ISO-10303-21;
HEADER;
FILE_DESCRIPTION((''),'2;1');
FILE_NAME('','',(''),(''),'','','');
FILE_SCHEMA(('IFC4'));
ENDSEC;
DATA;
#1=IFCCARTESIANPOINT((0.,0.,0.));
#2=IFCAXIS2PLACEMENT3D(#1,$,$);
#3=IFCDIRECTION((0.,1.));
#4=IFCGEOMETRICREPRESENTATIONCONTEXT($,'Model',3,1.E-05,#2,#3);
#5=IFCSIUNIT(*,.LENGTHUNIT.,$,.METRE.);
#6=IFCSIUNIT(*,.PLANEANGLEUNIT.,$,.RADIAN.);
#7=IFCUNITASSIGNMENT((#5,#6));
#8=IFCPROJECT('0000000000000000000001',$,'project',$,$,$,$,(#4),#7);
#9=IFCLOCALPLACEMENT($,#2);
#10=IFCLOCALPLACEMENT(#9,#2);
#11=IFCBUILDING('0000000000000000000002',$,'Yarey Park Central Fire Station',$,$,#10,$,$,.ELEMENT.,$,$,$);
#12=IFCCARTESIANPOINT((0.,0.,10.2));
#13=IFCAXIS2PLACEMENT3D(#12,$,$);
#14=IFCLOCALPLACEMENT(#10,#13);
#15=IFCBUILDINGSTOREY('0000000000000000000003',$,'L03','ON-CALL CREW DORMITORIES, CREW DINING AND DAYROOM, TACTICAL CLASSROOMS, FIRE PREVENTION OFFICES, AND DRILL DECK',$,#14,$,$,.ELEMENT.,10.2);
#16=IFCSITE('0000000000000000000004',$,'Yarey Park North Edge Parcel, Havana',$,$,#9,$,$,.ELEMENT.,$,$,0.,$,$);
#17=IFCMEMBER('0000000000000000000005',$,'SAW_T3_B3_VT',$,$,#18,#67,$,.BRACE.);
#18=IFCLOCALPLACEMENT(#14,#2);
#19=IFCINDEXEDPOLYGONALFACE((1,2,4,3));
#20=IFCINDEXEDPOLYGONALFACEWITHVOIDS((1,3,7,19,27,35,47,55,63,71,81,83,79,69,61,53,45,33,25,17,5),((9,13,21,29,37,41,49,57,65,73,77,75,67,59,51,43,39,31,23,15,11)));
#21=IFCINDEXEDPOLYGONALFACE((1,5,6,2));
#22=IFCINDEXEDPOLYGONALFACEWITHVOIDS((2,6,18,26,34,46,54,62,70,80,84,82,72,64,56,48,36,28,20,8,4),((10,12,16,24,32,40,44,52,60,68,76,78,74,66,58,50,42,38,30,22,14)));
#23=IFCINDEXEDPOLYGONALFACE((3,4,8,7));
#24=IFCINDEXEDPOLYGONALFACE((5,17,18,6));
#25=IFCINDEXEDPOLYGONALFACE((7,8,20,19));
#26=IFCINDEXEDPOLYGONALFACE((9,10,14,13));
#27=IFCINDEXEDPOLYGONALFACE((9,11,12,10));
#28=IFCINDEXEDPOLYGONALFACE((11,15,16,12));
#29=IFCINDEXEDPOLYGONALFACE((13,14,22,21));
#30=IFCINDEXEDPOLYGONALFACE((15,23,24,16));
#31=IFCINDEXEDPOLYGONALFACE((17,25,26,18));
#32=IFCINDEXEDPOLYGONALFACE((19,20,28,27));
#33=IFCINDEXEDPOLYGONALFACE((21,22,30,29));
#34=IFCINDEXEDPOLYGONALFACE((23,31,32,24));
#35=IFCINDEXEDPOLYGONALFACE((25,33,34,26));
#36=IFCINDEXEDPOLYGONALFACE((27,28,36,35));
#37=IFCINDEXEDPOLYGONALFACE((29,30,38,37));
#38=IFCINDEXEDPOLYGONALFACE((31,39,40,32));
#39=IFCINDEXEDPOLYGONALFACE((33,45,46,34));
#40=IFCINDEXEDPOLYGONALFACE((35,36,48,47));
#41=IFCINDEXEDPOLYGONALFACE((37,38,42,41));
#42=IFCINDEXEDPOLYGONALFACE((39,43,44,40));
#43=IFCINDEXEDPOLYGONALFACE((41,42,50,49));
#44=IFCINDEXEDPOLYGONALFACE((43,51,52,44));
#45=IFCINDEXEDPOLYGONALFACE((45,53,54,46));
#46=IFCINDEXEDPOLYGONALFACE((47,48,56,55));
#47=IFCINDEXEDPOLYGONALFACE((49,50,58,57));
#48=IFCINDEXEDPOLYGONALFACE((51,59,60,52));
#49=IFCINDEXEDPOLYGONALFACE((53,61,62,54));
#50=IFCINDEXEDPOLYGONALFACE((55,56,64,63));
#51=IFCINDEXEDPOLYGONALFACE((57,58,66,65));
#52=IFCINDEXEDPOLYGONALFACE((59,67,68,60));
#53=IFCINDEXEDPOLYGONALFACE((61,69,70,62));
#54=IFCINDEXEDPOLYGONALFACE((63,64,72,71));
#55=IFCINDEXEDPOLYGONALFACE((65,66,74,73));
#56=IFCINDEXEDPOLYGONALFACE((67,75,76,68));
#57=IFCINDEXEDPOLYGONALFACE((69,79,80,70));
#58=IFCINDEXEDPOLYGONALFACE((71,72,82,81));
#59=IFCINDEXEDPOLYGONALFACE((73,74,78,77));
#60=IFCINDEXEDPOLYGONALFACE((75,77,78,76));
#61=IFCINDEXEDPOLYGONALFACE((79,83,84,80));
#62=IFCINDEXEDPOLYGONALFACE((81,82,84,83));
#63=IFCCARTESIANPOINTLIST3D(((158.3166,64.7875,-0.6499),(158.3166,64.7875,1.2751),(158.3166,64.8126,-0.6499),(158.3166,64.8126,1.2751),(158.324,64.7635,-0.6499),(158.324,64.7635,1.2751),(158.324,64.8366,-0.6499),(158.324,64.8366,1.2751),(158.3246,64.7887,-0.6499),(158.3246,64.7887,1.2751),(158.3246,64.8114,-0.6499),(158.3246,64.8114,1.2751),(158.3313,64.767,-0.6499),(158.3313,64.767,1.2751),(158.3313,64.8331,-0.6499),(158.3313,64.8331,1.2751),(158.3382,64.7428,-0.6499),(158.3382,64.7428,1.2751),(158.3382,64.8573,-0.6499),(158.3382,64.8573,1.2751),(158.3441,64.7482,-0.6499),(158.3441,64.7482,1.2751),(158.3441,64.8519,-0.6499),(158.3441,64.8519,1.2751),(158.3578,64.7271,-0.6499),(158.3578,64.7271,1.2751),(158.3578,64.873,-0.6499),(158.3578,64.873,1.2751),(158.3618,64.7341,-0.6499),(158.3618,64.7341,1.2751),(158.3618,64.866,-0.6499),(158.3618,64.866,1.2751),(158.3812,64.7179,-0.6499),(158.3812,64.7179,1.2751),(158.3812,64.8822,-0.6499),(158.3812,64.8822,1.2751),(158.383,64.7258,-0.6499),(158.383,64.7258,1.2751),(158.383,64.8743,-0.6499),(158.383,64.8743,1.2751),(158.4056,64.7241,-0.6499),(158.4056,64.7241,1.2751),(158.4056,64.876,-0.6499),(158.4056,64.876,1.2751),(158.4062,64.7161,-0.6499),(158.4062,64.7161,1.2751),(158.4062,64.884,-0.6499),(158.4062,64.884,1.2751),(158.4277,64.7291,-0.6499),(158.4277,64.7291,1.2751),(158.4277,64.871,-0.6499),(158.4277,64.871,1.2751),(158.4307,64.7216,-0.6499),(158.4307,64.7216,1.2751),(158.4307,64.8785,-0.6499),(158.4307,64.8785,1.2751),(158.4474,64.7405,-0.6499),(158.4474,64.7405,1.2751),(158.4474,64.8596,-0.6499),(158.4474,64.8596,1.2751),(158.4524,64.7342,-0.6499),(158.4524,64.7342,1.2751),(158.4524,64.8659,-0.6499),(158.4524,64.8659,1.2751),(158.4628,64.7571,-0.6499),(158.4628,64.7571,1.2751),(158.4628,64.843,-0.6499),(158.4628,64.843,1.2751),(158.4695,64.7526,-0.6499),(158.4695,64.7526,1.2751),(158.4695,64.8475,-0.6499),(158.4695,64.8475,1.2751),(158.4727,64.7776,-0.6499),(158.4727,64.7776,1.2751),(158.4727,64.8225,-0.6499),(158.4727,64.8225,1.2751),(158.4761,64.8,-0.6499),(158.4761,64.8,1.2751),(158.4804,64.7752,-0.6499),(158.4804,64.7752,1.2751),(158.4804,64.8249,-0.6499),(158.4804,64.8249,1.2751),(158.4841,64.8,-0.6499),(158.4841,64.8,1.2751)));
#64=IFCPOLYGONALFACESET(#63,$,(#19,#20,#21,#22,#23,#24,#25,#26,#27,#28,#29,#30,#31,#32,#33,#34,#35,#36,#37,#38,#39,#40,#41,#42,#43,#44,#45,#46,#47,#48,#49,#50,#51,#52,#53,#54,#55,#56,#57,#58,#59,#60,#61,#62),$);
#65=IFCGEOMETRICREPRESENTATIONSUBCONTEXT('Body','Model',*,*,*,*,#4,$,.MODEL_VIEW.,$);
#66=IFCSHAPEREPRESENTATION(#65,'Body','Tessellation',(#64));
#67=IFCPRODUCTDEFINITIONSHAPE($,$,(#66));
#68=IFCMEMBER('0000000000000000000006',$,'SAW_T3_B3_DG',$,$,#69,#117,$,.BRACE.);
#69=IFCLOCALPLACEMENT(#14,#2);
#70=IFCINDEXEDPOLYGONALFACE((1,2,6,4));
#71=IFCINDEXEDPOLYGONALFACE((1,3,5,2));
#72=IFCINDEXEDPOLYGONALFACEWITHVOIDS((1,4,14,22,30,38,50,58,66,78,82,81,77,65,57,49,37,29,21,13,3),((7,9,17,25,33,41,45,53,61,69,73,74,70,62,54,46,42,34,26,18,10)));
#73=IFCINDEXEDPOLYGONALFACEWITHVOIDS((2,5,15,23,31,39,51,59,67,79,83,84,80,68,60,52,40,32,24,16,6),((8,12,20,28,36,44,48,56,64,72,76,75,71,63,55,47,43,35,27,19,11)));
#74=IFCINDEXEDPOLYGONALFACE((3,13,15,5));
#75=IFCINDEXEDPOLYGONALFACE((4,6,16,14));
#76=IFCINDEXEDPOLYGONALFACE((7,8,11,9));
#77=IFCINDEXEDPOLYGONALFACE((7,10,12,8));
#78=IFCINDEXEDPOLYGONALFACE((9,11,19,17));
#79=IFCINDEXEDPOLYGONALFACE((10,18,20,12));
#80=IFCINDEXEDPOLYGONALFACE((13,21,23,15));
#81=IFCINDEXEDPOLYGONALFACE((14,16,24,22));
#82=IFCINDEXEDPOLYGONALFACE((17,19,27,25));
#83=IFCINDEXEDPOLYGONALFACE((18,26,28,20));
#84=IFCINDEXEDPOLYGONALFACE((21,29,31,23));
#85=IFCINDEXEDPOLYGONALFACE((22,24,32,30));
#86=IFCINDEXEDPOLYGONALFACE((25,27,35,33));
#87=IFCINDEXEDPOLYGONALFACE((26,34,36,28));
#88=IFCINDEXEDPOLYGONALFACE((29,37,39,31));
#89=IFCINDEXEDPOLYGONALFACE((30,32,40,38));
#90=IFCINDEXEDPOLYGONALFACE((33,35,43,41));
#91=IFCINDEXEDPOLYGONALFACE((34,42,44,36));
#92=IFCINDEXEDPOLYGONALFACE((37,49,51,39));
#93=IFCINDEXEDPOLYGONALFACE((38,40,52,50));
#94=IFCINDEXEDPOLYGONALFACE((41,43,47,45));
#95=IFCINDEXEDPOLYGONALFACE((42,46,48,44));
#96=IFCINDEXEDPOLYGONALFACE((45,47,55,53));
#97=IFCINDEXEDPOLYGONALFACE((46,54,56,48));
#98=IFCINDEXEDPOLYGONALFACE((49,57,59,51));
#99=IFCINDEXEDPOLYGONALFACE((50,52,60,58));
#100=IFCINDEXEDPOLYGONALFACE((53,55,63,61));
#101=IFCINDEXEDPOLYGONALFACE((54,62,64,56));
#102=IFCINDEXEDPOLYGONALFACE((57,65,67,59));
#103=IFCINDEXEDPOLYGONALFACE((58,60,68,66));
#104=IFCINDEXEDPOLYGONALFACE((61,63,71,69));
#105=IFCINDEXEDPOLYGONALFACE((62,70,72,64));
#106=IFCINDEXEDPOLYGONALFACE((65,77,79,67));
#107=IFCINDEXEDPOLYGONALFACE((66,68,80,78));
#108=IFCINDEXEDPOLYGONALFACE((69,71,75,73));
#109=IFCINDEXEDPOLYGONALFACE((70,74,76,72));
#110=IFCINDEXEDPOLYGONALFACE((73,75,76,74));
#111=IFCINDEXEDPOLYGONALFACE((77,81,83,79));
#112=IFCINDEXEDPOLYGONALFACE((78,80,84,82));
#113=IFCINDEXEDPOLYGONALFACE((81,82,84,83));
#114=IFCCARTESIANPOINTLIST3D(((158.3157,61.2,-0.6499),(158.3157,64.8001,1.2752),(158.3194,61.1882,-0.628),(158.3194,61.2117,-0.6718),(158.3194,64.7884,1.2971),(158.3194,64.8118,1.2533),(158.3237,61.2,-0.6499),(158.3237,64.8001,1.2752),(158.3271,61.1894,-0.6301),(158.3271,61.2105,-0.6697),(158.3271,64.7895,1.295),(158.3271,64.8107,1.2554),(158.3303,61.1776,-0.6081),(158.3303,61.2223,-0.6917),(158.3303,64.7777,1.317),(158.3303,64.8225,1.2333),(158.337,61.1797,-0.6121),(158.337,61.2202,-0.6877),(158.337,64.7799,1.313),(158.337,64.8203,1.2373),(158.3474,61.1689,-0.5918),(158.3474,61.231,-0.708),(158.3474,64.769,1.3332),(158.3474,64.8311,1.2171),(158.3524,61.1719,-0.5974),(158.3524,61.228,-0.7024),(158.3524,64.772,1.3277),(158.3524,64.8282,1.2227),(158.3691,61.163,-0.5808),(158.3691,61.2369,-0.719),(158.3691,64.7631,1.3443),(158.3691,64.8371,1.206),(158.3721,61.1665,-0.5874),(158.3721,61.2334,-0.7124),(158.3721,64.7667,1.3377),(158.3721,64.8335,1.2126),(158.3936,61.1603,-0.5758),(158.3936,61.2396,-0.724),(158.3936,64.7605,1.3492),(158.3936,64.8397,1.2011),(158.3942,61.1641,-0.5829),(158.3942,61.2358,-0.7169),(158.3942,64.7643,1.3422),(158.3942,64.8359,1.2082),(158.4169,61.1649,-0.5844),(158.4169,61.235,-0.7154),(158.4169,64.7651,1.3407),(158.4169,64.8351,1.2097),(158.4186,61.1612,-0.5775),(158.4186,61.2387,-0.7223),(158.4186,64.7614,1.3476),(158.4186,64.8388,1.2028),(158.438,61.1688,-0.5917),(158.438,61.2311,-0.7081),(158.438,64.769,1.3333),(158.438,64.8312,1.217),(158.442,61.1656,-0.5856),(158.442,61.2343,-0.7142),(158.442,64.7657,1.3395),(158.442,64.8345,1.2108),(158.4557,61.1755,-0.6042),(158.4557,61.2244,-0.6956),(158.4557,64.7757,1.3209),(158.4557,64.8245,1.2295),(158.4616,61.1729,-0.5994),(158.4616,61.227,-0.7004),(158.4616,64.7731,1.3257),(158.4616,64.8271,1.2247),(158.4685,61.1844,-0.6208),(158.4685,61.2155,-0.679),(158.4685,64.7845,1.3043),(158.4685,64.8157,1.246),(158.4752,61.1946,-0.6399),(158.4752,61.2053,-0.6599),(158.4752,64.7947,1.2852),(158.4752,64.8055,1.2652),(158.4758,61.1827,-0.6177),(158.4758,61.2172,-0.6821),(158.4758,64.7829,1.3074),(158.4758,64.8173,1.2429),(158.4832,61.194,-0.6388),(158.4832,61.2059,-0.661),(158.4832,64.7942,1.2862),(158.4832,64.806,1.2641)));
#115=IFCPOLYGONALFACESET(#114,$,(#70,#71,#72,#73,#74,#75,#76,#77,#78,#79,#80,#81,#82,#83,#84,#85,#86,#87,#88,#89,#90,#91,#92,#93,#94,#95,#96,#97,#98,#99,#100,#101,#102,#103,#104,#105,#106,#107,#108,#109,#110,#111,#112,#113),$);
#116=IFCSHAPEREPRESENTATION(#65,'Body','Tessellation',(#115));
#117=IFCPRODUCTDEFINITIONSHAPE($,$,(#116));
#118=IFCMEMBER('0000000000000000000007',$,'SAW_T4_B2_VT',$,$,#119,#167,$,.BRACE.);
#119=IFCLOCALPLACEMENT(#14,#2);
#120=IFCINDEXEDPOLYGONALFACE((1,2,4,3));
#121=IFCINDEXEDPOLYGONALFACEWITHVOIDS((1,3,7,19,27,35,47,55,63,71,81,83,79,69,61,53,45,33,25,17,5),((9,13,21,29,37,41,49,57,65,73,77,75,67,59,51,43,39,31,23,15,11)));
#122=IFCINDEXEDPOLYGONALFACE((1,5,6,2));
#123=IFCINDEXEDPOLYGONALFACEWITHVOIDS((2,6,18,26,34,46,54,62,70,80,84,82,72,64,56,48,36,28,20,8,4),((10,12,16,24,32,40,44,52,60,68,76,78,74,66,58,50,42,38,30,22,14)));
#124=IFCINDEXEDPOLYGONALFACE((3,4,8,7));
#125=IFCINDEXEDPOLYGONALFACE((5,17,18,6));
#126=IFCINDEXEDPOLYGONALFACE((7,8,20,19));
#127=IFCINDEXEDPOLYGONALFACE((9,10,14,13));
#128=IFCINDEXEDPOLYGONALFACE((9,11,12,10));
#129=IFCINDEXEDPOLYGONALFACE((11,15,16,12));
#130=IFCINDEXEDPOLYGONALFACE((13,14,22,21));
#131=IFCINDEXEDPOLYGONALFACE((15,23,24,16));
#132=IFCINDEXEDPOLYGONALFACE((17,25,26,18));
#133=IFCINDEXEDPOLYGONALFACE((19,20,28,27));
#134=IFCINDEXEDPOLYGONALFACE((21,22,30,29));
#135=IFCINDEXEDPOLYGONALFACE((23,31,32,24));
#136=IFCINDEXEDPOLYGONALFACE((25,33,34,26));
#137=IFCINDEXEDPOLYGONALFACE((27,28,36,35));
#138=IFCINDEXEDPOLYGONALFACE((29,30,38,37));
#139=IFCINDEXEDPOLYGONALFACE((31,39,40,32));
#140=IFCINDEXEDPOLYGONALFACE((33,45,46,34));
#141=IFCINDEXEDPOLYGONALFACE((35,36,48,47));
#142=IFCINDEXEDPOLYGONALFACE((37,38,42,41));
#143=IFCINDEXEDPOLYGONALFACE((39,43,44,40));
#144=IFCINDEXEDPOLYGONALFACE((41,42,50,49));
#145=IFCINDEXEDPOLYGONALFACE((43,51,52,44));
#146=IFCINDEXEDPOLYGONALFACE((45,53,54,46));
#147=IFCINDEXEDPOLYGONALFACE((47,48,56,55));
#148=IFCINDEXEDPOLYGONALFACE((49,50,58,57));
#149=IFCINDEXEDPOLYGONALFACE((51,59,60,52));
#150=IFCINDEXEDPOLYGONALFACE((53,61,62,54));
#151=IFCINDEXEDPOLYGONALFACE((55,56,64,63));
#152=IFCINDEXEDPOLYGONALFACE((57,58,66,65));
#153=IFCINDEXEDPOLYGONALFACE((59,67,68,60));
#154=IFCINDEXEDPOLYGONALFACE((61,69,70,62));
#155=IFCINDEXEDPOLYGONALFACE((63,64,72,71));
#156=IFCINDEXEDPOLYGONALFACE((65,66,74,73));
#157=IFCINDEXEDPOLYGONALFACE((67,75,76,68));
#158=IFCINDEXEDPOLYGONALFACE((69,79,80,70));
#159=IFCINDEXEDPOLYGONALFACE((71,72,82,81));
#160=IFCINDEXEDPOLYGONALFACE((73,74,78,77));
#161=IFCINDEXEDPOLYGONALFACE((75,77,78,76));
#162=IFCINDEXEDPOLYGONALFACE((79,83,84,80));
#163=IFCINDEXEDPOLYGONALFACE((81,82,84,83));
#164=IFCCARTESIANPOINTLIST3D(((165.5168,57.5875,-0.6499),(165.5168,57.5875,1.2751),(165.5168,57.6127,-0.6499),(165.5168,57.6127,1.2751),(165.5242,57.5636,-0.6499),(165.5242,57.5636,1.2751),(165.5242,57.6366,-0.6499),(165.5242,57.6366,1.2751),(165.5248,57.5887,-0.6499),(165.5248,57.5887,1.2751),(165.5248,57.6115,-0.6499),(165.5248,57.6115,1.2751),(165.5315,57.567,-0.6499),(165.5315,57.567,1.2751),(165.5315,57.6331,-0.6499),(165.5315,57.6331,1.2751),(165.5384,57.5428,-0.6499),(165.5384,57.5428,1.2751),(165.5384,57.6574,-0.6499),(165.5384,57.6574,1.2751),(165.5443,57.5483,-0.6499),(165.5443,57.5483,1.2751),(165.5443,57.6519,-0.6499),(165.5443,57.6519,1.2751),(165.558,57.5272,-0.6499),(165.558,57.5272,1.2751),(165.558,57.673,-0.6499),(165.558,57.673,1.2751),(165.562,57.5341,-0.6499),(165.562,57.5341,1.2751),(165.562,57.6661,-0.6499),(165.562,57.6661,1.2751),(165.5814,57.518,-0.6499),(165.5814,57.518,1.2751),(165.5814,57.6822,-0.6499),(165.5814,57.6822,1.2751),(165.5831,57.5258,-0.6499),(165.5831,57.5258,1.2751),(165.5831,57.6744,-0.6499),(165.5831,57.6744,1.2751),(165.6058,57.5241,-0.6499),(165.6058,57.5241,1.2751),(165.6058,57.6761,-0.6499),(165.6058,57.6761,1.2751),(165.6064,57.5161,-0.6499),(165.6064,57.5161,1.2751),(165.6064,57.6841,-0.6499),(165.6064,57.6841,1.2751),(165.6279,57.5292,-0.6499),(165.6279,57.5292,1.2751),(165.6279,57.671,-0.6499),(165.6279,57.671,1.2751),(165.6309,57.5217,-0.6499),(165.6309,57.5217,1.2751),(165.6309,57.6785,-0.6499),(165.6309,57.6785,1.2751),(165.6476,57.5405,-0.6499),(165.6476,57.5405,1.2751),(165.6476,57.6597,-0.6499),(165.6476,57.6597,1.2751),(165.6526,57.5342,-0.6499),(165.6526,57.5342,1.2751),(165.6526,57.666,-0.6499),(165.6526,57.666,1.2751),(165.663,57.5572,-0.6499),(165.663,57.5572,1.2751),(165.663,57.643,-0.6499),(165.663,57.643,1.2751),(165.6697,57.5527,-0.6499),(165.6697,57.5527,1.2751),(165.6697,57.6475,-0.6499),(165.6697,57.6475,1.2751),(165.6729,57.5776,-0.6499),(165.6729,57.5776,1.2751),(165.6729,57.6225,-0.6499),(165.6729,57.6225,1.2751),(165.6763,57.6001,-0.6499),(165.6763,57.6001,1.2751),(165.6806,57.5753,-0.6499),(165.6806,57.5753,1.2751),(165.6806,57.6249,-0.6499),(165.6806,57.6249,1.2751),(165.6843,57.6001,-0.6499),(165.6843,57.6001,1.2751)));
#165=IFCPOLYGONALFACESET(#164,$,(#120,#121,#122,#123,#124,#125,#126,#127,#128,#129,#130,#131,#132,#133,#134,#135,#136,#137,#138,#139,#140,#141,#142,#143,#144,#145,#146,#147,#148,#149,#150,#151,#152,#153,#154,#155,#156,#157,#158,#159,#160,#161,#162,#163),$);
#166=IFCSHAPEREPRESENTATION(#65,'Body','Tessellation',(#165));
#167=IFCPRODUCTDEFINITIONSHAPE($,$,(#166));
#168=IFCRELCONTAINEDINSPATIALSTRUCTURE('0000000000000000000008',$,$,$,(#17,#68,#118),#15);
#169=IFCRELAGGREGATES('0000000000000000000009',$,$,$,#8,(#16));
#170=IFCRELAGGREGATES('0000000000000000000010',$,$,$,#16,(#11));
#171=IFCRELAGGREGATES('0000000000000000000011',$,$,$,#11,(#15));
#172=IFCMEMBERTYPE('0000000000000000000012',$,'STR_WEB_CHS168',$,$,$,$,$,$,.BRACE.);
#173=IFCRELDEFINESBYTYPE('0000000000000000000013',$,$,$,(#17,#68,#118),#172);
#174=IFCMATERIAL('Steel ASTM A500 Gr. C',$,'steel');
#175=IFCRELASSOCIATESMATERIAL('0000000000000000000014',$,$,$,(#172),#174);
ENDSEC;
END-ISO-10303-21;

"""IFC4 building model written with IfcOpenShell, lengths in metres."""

from ifc_helpers import new_model, si_unit, direction, frame, origin, origin_2d, place, context, subcontext, project, spatial, hollow_circle, extrude, material, material_profile, profile_set, type_object, element, save


model = new_model("IFC4")

# Units and contexts
model_context = context("Model", 3, precision=1e-05, world=origin(), true_north=direction((0.0, 1.0)))
body_context = subcontext(model_context, "Body", "Model", "MODEL_VIEW")
ifc_project = project(units=[si_unit("LENGTHUNIT", "METRE"), si_unit("PLANEANGLEUNIT", "RADIAN")], contexts=[model_context])

# Site, building, storey
site_placement = place(None, origin())
site = spatial("IfcSite", under=ifc_project, at=site_placement, Name="Yarey Park North Edge Parcel, Havana", CompositionType="ELEMENT", RefElevation=0.0)
building_placement = place(site_placement, origin())
building = spatial("IfcBuilding", under=site, at=building_placement, Name="Yarey Park Central Fire Station", CompositionType="ELEMENT")
storey_placement = place(building_placement, frame((0.0, 0.0, 10.2)))
storey = spatial("IfcBuildingStorey", under=building, at=storey_placement, Name="L03", Description="ON-CALL CREW DORMITORIES, CREW DINING AND DAYROOM, TACTICAL CLASSROOMS, FIRE PREVENTION OFFICES, AND DRILL DECK", CompositionType="ELEMENT", Elevation=10.2)

# Shared definitions
ifc_material_1 = material(Name="Steel ASTM A500 Gr. C", Category="steel")

# Members
ifc_material_profile_1 = material_profile(ifc_material_1, hollow_circle(Radius=0.0842, WallThickness=0.0081, at=origin_2d()), Name="CHS 168.3x8")
ifc_profile_set_1 = profile_set([ifc_material_profile_1], Name="Steel ASTM A500 Gr. C")
member_type_1 = type_object("IfcMemberType", Name="STR_WEB_CHS168", PredefinedType="BRACE", material=ifc_profile_set_1)
for number, where, z_axis, x_axis, name in (
    (1, (158.3999, 64.8, -0.6499), (0.0, 0.0, 1.0), (1.0, 0.0, 0.0), "SAW_T3_B3_VT"),
):
    element("IfcMember", number, at=place(storey_placement, frame(where, z_axis=z_axis, x_axis=x_axis)), inside=storey, type_object=member_type_1, Name=name, PredefinedType="BRACE", context=body_context, shape_type="SweptSolid", body=[
        extrude(hollow_circle(Radius=0.0842, WallThickness=0.0081, at=origin_2d()), origin(), (0.0, 0.0, 1.0), 1.925),
    ])
member_1_placement = place(storey_placement, frame((158.3999, 61.2, -0.6499), z_axis=(0.0, 0.881844, 0.471541), x_axis=(-1.0, 0.0, 0.0)))
element("IfcMember", 2, at=member_1_placement, inside=storey, type_object=member_type_1, Name="SAW_T3_B3_DG", PredefinedType="BRACE", context=body_context, shape_type="SweptSolid", body=[
    extrude(hollow_circle(Radius=0.0842, WallThickness=0.0081, at=origin_2d()), origin(), (0.0, 0.0, 1.0), 4.0825),
])
member_2_placement = place(storey_placement, frame((165.6001, 57.6001, -0.6499), z_axis=(0.0, 0.0, 1.0), x_axis=(1.0, 0.0, 0.0)))
element("IfcMember", 3, at=member_2_placement, inside=storey, type_object=member_type_1, Name="SAW_T4_B2_VT", PredefinedType="BRACE", context=body_context, shape_type="SweptSolid", body=[
    extrude(hollow_circle(Radius=0.0842, WallThickness=0.0081, at=origin_2d()), origin(), (0.0, 0.0, 1.0), 1.925),
])

save(model, "model.ifc")
